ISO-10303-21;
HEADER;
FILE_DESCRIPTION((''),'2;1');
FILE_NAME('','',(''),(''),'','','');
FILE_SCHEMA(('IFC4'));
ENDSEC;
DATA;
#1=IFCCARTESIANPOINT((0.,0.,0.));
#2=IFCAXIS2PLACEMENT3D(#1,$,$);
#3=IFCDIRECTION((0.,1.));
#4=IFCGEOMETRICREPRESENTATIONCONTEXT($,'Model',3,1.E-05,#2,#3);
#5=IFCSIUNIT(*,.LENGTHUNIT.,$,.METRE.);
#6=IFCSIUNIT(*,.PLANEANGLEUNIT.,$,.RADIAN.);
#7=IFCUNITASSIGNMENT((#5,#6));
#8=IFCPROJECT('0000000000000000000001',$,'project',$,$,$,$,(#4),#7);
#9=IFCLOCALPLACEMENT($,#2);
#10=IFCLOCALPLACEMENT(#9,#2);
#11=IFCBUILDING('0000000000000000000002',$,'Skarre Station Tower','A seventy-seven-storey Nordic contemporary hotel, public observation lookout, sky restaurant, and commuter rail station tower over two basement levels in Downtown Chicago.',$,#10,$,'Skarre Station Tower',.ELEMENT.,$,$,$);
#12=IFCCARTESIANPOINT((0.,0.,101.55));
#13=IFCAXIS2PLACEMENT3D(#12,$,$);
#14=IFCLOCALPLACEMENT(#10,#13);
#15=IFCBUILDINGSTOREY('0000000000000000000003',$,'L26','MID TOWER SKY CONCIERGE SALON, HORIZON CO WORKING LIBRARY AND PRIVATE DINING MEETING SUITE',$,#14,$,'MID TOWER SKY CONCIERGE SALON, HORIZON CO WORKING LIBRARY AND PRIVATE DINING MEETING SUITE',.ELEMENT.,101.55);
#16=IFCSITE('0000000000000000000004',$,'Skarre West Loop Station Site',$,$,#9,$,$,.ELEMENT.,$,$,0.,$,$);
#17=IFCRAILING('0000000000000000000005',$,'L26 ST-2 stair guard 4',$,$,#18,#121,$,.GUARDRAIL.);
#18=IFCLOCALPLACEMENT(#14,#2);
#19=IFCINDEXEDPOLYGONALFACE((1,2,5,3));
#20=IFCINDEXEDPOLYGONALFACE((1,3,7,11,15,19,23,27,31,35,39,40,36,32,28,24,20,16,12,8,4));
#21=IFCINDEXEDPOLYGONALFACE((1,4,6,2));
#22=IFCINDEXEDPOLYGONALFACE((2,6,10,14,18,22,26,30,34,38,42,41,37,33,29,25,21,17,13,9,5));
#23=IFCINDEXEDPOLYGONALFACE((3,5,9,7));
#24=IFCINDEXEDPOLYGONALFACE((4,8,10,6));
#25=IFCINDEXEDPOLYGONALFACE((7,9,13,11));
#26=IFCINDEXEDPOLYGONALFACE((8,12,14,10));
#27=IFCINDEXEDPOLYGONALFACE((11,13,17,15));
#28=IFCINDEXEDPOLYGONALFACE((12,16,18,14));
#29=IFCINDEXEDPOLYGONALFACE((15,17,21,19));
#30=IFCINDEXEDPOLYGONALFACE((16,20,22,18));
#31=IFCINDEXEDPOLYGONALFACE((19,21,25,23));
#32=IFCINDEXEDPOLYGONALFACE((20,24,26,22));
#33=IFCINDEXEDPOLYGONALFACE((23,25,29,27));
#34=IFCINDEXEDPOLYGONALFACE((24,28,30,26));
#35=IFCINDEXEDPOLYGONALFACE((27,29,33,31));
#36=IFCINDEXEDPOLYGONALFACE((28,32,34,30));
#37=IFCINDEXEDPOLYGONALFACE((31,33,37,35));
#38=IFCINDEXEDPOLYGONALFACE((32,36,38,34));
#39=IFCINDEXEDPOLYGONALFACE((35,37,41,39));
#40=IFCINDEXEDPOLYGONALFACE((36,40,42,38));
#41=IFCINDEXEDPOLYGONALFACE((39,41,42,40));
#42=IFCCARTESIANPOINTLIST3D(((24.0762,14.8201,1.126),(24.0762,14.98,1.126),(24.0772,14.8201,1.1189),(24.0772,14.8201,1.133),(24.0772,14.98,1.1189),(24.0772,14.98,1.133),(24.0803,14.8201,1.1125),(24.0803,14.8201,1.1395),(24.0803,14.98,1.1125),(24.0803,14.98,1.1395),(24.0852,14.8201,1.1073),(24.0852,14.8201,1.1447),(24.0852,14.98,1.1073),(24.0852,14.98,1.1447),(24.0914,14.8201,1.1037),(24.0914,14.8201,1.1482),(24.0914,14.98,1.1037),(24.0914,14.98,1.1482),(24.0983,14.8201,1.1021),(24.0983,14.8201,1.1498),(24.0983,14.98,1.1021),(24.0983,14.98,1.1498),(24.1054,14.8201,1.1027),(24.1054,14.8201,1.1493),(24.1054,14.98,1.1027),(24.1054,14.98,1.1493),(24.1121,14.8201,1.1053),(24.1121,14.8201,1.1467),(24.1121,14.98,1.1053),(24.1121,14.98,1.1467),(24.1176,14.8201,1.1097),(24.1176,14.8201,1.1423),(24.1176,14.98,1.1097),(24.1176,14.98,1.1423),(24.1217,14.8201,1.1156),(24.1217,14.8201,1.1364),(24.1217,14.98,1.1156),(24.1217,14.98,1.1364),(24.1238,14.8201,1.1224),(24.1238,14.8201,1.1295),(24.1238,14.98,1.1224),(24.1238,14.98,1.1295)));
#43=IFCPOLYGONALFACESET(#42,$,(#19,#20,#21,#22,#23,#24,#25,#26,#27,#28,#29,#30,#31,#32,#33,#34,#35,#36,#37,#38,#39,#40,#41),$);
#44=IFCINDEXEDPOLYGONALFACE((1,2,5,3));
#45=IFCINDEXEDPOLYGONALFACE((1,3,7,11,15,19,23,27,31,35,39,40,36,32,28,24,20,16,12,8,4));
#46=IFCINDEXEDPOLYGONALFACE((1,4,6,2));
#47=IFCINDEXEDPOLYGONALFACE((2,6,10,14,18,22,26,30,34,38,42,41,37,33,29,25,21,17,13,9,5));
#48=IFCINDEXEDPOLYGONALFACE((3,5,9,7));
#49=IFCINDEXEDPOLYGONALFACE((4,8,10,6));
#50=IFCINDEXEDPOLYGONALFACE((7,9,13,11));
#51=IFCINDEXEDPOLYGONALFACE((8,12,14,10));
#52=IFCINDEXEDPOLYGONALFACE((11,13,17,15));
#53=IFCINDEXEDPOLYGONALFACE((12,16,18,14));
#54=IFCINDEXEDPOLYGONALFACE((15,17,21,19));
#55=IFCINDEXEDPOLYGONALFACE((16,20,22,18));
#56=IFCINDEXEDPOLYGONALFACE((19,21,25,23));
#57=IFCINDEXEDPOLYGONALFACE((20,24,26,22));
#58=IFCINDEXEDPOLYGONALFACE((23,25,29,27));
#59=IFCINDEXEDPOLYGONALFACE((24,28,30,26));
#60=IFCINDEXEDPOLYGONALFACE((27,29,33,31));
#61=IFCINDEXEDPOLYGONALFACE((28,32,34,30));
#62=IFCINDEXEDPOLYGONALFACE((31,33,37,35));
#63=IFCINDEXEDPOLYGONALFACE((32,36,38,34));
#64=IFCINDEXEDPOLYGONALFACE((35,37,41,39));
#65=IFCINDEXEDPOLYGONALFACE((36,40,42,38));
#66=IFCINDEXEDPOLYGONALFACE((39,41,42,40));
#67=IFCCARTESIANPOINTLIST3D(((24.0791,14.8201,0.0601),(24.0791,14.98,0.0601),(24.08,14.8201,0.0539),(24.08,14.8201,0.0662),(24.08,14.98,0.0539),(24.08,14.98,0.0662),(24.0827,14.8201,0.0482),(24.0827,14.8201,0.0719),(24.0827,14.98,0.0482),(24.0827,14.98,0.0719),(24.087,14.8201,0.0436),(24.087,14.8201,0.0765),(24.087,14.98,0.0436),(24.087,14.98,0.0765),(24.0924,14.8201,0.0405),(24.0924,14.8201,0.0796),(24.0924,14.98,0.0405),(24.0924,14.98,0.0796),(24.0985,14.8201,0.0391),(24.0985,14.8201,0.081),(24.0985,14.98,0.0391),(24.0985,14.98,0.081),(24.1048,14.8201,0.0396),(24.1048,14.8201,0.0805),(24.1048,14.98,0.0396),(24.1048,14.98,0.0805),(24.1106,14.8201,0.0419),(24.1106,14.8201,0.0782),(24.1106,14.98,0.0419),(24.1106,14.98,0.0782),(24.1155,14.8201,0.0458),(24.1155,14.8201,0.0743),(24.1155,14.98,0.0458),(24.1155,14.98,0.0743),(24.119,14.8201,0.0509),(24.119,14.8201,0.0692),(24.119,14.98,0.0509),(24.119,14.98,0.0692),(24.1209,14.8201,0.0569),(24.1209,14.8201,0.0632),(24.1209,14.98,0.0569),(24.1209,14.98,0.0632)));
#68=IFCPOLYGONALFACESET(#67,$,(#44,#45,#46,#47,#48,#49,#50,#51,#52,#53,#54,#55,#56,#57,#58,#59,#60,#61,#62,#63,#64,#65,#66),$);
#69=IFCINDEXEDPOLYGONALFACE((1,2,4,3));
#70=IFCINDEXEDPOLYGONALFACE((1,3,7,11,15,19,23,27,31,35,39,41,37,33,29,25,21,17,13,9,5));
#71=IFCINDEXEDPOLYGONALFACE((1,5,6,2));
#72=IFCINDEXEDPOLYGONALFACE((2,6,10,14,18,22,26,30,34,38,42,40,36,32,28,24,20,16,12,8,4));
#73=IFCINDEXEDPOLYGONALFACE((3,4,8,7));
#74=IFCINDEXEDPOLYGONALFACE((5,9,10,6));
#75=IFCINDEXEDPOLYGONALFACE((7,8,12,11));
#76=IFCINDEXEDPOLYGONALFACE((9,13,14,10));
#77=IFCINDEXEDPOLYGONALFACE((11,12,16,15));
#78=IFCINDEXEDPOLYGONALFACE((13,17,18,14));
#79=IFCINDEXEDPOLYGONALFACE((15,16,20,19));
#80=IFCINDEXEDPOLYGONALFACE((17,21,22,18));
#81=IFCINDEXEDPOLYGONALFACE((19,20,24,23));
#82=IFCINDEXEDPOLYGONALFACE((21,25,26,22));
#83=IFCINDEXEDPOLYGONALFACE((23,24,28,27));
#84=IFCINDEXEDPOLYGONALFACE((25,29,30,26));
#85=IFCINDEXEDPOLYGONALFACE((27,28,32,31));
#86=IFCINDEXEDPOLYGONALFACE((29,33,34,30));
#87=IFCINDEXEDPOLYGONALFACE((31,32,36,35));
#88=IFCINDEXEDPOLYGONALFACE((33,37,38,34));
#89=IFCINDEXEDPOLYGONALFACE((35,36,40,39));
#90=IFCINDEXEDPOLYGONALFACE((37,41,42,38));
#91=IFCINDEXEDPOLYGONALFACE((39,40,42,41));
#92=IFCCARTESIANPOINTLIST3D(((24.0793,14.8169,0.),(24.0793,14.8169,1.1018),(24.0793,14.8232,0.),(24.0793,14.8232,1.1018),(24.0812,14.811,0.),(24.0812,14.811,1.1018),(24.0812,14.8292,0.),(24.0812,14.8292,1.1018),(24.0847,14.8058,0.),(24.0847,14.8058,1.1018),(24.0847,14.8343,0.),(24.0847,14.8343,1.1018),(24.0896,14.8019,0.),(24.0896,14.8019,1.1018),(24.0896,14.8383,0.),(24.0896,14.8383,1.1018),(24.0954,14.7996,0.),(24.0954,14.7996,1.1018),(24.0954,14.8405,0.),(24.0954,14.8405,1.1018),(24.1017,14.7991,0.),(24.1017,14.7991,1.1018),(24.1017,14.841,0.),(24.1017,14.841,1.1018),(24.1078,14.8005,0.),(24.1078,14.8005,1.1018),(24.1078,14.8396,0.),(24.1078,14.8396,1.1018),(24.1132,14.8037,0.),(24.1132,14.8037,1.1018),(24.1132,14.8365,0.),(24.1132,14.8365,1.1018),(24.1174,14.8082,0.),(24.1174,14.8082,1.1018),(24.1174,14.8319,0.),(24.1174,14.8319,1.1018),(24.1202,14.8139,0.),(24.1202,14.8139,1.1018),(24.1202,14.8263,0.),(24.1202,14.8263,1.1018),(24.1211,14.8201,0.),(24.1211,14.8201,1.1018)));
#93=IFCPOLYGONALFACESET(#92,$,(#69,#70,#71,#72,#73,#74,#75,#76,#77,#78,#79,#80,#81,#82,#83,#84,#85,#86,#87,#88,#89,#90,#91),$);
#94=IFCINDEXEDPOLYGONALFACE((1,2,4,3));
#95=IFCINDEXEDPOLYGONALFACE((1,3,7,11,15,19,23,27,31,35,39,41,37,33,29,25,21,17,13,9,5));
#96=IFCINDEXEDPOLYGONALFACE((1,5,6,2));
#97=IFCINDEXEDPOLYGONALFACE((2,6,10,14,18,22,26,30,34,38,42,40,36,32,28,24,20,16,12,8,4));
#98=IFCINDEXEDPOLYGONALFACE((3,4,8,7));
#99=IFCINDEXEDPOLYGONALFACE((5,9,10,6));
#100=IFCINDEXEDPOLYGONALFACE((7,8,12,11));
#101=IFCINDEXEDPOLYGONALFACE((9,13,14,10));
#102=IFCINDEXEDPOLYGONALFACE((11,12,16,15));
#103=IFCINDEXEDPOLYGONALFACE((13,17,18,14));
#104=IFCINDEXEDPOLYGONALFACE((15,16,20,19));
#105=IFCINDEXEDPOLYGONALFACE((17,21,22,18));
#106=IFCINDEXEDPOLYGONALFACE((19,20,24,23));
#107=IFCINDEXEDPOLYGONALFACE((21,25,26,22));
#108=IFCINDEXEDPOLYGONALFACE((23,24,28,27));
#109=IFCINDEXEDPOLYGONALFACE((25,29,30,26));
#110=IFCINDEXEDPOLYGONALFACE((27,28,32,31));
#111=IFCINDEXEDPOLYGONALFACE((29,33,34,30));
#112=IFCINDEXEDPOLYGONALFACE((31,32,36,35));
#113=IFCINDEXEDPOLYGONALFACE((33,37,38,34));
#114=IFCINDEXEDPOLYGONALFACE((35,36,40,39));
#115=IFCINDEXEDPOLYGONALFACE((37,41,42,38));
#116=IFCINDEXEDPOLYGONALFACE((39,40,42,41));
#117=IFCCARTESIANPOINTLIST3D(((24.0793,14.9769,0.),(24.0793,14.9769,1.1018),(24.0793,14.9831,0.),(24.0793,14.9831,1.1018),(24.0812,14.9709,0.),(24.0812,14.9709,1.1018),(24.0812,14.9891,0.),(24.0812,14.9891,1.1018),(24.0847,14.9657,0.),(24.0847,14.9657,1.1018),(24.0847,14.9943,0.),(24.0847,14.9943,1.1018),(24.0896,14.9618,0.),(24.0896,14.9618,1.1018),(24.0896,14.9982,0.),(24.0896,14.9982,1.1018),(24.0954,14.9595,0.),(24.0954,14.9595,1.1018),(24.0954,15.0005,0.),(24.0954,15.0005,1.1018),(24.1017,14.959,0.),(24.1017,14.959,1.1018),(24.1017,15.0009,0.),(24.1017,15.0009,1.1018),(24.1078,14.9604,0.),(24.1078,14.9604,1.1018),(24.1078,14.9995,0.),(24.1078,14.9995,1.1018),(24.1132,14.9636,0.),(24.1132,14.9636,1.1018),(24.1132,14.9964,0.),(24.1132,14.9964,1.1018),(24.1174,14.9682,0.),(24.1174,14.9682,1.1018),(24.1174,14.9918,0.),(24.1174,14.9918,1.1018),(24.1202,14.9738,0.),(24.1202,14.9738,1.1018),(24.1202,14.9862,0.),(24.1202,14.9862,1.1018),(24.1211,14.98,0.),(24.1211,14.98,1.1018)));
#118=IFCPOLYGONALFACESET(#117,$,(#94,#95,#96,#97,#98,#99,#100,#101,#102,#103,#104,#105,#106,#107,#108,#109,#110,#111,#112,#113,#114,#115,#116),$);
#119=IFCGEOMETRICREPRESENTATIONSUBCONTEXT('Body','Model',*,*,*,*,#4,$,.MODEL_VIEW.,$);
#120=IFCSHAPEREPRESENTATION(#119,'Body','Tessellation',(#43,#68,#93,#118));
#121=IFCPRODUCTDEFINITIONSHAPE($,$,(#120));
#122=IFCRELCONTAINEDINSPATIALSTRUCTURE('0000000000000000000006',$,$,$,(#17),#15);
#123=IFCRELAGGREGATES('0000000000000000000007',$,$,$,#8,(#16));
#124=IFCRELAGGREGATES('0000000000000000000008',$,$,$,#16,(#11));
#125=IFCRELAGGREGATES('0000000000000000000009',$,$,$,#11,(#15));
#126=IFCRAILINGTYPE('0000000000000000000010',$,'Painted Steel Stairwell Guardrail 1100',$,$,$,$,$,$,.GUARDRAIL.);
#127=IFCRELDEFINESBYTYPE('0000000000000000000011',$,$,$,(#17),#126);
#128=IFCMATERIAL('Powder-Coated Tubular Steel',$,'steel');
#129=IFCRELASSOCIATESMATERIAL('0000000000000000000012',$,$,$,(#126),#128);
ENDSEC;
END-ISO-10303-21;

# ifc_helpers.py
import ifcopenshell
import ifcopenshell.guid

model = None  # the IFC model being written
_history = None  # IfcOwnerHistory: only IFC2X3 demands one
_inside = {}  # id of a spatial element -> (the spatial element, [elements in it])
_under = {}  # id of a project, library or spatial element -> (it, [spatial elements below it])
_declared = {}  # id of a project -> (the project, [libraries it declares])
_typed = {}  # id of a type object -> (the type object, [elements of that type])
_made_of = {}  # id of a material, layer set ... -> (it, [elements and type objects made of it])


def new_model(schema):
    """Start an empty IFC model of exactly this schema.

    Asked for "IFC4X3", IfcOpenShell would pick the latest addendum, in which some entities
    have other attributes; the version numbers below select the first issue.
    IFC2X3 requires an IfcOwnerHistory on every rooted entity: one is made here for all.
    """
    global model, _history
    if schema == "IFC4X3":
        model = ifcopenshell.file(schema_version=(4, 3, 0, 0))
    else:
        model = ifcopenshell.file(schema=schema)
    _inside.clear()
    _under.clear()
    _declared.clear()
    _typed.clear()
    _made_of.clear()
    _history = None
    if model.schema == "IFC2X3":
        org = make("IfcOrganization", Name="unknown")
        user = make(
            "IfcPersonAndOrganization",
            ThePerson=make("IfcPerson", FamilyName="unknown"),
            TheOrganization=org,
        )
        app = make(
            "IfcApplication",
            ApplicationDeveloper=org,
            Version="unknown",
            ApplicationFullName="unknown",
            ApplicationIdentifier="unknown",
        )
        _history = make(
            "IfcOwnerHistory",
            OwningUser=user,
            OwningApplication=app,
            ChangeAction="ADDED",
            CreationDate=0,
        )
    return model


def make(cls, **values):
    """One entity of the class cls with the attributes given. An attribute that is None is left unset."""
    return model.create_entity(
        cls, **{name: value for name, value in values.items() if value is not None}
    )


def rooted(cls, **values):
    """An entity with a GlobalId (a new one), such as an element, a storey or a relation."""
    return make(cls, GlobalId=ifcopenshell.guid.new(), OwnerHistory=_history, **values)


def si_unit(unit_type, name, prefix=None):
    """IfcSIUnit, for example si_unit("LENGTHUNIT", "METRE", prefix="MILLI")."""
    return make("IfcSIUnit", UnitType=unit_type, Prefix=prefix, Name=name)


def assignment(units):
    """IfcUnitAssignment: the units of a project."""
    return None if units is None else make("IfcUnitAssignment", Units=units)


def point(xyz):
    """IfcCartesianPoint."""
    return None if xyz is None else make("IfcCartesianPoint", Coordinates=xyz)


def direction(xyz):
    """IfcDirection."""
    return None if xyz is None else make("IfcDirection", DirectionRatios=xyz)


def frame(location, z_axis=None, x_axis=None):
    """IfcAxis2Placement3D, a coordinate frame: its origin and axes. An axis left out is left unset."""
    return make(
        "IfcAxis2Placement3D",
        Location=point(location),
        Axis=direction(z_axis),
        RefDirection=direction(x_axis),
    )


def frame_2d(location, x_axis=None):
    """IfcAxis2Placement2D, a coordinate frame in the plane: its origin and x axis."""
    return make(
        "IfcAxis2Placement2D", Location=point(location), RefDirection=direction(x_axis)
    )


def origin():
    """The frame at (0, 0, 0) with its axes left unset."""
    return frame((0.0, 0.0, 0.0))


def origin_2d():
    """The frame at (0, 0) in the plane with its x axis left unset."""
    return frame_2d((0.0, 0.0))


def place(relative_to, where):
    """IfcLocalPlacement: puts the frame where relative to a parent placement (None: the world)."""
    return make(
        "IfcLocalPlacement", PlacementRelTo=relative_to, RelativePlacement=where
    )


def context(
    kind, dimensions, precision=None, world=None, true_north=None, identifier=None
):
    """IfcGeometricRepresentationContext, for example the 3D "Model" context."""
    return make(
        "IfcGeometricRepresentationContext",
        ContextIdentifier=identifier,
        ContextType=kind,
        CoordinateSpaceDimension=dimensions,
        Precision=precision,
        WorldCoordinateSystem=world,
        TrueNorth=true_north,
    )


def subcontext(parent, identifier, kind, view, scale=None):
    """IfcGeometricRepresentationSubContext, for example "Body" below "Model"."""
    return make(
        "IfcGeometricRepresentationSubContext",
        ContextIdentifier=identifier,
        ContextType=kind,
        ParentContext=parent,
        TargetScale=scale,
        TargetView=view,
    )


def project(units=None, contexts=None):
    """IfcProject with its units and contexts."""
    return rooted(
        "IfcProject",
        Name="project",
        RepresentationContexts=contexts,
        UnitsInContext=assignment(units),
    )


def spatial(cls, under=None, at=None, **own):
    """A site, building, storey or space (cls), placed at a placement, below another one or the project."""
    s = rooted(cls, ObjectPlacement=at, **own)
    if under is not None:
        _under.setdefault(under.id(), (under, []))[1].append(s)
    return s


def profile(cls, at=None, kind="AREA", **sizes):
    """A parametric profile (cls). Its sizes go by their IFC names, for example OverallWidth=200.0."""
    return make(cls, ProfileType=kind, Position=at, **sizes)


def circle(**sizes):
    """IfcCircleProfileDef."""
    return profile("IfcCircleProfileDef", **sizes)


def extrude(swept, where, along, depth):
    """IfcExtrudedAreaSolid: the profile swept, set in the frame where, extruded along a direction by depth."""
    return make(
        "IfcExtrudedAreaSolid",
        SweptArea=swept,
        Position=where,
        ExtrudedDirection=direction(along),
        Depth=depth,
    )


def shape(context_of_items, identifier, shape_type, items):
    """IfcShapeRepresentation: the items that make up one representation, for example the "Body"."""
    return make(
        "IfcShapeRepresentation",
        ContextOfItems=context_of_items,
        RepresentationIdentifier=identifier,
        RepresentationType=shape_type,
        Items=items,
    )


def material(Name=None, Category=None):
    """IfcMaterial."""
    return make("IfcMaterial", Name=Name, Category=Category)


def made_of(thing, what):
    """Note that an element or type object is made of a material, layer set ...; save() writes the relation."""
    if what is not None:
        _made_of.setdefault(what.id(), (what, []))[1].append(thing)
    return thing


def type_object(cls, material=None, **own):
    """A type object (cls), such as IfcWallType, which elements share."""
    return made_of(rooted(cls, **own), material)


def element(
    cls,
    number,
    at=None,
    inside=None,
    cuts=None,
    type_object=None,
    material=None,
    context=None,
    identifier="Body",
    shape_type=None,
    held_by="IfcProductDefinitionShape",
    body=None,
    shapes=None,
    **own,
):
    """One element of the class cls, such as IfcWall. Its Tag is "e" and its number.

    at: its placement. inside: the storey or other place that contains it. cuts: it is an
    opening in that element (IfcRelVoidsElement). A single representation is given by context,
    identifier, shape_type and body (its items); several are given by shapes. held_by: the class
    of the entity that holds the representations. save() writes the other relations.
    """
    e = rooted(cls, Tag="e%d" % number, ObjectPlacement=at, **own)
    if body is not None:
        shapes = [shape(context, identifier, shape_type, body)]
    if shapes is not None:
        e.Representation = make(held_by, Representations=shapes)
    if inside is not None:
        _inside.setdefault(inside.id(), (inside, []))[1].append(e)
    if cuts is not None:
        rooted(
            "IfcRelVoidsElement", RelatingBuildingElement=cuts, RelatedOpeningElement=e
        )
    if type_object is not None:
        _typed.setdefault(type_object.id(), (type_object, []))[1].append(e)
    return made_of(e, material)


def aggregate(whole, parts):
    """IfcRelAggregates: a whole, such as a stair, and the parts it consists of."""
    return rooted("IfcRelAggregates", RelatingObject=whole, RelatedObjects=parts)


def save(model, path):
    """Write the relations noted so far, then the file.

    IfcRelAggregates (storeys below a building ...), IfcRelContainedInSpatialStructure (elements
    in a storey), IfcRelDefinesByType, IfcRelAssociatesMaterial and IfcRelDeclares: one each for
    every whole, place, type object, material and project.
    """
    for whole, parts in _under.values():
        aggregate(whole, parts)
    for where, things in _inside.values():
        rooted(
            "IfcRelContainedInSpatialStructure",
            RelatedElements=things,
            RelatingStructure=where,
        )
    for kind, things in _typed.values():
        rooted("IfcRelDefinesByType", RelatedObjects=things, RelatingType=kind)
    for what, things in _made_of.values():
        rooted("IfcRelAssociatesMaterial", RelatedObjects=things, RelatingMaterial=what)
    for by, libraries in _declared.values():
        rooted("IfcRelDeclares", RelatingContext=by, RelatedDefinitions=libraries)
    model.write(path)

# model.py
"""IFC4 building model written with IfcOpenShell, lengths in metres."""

from ifc_helpers import new_model, si_unit, direction, frame, origin, origin_2d, place, context, subcontext, project, spatial, circle, extrude, material, type_object, element, save


model = new_model("IFC4")

# Units and contexts
model_context = context("Model", 3, precision=1e-05, world=origin(), true_north=direction((0.0, 1.0)))
body_context = subcontext(model_context, "Body", "Model", "MODEL_VIEW")
ifc_project = project(units=[si_unit("LENGTHUNIT", "METRE"), si_unit("PLANEANGLEUNIT", "RADIAN")], contexts=[model_context])

# Site, building, storey
site_placement = place(None, origin())
site = spatial("IfcSite", under=ifc_project, at=site_placement, Name="Skarre West Loop Station Site", CompositionType="ELEMENT", RefElevation=0.0)
building_placement = place(site_placement, origin())
building = spatial("IfcBuilding", under=site, at=building_placement, Name="Skarre Station Tower", Description="A seventy-seven-storey Nordic contemporary hotel, public observation lookout, sky restaurant, and commuter rail station tower over two basement levels in Downtown Chicago.", LongName="Skarre Station Tower", CompositionType="ELEMENT")
storey_placement = place(building_placement, frame((0.0, 0.0, 101.55)))
storey = spatial("IfcBuildingStorey", under=building, at=storey_placement, Name="L26", Description="MID TOWER SKY CONCIERGE SALON, HORIZON CO WORKING LIBRARY AND PRIVATE DINING MEETING SUITE", LongName="MID TOWER SKY CONCIERGE SALON, HORIZON CO WORKING LIBRARY AND PRIVATE DINING MEETING SUITE", CompositionType="ELEMENT", Elevation=101.55)

# Railing
ifc_material_1 = material(Name="Powder-Coated Tubular Steel", Category="steel")
railing_type_1 = type_object("IfcRailingType", Name="Painted Steel Stairwell Guardrail 1100", PredefinedType="GUARDRAIL", material=ifc_material_1)
for number, where, name in (
    (1, (24.1001, 14.8201, 0.0), "L26 ST-2 stair guard 4"),
):
    element("IfcRailing", number, at=place(storey_placement, frame(where)), inside=storey, type_object=railing_type_1, Name=name, PredefinedType="GUARDRAIL", context=body_context, shape_type="SweptSolid", body=[
        extrude(circle(Radius=0.0239, at=origin_2d()), frame((0.0, 0.0, 1.126), z_axis=(0.0, 1.0, 0.0), x_axis=(-1.0, 0.0, 0.0)), (0.0, 0.0, 1.0), 0.1599),
        extrude(circle(Radius=0.021, at=origin_2d()), frame((0.0, 0.0, 0.0601), z_axis=(0.0, 1.0, 0.0), x_axis=(-1.0, 0.0, 0.0)), (0.0, 0.0, 1.0), 0.1599),
        extrude(circle(Radius=0.021, at=origin_2d()), origin(), (0.0, 0.0, 1.0), 1.1018),
        extrude(circle(Radius=0.021, at=origin_2d()), frame((0.0, 0.1599, 0.0)), (0.0, 0.0, 1.0), 1.1018),
    ])

save(model, "model.ifc")
